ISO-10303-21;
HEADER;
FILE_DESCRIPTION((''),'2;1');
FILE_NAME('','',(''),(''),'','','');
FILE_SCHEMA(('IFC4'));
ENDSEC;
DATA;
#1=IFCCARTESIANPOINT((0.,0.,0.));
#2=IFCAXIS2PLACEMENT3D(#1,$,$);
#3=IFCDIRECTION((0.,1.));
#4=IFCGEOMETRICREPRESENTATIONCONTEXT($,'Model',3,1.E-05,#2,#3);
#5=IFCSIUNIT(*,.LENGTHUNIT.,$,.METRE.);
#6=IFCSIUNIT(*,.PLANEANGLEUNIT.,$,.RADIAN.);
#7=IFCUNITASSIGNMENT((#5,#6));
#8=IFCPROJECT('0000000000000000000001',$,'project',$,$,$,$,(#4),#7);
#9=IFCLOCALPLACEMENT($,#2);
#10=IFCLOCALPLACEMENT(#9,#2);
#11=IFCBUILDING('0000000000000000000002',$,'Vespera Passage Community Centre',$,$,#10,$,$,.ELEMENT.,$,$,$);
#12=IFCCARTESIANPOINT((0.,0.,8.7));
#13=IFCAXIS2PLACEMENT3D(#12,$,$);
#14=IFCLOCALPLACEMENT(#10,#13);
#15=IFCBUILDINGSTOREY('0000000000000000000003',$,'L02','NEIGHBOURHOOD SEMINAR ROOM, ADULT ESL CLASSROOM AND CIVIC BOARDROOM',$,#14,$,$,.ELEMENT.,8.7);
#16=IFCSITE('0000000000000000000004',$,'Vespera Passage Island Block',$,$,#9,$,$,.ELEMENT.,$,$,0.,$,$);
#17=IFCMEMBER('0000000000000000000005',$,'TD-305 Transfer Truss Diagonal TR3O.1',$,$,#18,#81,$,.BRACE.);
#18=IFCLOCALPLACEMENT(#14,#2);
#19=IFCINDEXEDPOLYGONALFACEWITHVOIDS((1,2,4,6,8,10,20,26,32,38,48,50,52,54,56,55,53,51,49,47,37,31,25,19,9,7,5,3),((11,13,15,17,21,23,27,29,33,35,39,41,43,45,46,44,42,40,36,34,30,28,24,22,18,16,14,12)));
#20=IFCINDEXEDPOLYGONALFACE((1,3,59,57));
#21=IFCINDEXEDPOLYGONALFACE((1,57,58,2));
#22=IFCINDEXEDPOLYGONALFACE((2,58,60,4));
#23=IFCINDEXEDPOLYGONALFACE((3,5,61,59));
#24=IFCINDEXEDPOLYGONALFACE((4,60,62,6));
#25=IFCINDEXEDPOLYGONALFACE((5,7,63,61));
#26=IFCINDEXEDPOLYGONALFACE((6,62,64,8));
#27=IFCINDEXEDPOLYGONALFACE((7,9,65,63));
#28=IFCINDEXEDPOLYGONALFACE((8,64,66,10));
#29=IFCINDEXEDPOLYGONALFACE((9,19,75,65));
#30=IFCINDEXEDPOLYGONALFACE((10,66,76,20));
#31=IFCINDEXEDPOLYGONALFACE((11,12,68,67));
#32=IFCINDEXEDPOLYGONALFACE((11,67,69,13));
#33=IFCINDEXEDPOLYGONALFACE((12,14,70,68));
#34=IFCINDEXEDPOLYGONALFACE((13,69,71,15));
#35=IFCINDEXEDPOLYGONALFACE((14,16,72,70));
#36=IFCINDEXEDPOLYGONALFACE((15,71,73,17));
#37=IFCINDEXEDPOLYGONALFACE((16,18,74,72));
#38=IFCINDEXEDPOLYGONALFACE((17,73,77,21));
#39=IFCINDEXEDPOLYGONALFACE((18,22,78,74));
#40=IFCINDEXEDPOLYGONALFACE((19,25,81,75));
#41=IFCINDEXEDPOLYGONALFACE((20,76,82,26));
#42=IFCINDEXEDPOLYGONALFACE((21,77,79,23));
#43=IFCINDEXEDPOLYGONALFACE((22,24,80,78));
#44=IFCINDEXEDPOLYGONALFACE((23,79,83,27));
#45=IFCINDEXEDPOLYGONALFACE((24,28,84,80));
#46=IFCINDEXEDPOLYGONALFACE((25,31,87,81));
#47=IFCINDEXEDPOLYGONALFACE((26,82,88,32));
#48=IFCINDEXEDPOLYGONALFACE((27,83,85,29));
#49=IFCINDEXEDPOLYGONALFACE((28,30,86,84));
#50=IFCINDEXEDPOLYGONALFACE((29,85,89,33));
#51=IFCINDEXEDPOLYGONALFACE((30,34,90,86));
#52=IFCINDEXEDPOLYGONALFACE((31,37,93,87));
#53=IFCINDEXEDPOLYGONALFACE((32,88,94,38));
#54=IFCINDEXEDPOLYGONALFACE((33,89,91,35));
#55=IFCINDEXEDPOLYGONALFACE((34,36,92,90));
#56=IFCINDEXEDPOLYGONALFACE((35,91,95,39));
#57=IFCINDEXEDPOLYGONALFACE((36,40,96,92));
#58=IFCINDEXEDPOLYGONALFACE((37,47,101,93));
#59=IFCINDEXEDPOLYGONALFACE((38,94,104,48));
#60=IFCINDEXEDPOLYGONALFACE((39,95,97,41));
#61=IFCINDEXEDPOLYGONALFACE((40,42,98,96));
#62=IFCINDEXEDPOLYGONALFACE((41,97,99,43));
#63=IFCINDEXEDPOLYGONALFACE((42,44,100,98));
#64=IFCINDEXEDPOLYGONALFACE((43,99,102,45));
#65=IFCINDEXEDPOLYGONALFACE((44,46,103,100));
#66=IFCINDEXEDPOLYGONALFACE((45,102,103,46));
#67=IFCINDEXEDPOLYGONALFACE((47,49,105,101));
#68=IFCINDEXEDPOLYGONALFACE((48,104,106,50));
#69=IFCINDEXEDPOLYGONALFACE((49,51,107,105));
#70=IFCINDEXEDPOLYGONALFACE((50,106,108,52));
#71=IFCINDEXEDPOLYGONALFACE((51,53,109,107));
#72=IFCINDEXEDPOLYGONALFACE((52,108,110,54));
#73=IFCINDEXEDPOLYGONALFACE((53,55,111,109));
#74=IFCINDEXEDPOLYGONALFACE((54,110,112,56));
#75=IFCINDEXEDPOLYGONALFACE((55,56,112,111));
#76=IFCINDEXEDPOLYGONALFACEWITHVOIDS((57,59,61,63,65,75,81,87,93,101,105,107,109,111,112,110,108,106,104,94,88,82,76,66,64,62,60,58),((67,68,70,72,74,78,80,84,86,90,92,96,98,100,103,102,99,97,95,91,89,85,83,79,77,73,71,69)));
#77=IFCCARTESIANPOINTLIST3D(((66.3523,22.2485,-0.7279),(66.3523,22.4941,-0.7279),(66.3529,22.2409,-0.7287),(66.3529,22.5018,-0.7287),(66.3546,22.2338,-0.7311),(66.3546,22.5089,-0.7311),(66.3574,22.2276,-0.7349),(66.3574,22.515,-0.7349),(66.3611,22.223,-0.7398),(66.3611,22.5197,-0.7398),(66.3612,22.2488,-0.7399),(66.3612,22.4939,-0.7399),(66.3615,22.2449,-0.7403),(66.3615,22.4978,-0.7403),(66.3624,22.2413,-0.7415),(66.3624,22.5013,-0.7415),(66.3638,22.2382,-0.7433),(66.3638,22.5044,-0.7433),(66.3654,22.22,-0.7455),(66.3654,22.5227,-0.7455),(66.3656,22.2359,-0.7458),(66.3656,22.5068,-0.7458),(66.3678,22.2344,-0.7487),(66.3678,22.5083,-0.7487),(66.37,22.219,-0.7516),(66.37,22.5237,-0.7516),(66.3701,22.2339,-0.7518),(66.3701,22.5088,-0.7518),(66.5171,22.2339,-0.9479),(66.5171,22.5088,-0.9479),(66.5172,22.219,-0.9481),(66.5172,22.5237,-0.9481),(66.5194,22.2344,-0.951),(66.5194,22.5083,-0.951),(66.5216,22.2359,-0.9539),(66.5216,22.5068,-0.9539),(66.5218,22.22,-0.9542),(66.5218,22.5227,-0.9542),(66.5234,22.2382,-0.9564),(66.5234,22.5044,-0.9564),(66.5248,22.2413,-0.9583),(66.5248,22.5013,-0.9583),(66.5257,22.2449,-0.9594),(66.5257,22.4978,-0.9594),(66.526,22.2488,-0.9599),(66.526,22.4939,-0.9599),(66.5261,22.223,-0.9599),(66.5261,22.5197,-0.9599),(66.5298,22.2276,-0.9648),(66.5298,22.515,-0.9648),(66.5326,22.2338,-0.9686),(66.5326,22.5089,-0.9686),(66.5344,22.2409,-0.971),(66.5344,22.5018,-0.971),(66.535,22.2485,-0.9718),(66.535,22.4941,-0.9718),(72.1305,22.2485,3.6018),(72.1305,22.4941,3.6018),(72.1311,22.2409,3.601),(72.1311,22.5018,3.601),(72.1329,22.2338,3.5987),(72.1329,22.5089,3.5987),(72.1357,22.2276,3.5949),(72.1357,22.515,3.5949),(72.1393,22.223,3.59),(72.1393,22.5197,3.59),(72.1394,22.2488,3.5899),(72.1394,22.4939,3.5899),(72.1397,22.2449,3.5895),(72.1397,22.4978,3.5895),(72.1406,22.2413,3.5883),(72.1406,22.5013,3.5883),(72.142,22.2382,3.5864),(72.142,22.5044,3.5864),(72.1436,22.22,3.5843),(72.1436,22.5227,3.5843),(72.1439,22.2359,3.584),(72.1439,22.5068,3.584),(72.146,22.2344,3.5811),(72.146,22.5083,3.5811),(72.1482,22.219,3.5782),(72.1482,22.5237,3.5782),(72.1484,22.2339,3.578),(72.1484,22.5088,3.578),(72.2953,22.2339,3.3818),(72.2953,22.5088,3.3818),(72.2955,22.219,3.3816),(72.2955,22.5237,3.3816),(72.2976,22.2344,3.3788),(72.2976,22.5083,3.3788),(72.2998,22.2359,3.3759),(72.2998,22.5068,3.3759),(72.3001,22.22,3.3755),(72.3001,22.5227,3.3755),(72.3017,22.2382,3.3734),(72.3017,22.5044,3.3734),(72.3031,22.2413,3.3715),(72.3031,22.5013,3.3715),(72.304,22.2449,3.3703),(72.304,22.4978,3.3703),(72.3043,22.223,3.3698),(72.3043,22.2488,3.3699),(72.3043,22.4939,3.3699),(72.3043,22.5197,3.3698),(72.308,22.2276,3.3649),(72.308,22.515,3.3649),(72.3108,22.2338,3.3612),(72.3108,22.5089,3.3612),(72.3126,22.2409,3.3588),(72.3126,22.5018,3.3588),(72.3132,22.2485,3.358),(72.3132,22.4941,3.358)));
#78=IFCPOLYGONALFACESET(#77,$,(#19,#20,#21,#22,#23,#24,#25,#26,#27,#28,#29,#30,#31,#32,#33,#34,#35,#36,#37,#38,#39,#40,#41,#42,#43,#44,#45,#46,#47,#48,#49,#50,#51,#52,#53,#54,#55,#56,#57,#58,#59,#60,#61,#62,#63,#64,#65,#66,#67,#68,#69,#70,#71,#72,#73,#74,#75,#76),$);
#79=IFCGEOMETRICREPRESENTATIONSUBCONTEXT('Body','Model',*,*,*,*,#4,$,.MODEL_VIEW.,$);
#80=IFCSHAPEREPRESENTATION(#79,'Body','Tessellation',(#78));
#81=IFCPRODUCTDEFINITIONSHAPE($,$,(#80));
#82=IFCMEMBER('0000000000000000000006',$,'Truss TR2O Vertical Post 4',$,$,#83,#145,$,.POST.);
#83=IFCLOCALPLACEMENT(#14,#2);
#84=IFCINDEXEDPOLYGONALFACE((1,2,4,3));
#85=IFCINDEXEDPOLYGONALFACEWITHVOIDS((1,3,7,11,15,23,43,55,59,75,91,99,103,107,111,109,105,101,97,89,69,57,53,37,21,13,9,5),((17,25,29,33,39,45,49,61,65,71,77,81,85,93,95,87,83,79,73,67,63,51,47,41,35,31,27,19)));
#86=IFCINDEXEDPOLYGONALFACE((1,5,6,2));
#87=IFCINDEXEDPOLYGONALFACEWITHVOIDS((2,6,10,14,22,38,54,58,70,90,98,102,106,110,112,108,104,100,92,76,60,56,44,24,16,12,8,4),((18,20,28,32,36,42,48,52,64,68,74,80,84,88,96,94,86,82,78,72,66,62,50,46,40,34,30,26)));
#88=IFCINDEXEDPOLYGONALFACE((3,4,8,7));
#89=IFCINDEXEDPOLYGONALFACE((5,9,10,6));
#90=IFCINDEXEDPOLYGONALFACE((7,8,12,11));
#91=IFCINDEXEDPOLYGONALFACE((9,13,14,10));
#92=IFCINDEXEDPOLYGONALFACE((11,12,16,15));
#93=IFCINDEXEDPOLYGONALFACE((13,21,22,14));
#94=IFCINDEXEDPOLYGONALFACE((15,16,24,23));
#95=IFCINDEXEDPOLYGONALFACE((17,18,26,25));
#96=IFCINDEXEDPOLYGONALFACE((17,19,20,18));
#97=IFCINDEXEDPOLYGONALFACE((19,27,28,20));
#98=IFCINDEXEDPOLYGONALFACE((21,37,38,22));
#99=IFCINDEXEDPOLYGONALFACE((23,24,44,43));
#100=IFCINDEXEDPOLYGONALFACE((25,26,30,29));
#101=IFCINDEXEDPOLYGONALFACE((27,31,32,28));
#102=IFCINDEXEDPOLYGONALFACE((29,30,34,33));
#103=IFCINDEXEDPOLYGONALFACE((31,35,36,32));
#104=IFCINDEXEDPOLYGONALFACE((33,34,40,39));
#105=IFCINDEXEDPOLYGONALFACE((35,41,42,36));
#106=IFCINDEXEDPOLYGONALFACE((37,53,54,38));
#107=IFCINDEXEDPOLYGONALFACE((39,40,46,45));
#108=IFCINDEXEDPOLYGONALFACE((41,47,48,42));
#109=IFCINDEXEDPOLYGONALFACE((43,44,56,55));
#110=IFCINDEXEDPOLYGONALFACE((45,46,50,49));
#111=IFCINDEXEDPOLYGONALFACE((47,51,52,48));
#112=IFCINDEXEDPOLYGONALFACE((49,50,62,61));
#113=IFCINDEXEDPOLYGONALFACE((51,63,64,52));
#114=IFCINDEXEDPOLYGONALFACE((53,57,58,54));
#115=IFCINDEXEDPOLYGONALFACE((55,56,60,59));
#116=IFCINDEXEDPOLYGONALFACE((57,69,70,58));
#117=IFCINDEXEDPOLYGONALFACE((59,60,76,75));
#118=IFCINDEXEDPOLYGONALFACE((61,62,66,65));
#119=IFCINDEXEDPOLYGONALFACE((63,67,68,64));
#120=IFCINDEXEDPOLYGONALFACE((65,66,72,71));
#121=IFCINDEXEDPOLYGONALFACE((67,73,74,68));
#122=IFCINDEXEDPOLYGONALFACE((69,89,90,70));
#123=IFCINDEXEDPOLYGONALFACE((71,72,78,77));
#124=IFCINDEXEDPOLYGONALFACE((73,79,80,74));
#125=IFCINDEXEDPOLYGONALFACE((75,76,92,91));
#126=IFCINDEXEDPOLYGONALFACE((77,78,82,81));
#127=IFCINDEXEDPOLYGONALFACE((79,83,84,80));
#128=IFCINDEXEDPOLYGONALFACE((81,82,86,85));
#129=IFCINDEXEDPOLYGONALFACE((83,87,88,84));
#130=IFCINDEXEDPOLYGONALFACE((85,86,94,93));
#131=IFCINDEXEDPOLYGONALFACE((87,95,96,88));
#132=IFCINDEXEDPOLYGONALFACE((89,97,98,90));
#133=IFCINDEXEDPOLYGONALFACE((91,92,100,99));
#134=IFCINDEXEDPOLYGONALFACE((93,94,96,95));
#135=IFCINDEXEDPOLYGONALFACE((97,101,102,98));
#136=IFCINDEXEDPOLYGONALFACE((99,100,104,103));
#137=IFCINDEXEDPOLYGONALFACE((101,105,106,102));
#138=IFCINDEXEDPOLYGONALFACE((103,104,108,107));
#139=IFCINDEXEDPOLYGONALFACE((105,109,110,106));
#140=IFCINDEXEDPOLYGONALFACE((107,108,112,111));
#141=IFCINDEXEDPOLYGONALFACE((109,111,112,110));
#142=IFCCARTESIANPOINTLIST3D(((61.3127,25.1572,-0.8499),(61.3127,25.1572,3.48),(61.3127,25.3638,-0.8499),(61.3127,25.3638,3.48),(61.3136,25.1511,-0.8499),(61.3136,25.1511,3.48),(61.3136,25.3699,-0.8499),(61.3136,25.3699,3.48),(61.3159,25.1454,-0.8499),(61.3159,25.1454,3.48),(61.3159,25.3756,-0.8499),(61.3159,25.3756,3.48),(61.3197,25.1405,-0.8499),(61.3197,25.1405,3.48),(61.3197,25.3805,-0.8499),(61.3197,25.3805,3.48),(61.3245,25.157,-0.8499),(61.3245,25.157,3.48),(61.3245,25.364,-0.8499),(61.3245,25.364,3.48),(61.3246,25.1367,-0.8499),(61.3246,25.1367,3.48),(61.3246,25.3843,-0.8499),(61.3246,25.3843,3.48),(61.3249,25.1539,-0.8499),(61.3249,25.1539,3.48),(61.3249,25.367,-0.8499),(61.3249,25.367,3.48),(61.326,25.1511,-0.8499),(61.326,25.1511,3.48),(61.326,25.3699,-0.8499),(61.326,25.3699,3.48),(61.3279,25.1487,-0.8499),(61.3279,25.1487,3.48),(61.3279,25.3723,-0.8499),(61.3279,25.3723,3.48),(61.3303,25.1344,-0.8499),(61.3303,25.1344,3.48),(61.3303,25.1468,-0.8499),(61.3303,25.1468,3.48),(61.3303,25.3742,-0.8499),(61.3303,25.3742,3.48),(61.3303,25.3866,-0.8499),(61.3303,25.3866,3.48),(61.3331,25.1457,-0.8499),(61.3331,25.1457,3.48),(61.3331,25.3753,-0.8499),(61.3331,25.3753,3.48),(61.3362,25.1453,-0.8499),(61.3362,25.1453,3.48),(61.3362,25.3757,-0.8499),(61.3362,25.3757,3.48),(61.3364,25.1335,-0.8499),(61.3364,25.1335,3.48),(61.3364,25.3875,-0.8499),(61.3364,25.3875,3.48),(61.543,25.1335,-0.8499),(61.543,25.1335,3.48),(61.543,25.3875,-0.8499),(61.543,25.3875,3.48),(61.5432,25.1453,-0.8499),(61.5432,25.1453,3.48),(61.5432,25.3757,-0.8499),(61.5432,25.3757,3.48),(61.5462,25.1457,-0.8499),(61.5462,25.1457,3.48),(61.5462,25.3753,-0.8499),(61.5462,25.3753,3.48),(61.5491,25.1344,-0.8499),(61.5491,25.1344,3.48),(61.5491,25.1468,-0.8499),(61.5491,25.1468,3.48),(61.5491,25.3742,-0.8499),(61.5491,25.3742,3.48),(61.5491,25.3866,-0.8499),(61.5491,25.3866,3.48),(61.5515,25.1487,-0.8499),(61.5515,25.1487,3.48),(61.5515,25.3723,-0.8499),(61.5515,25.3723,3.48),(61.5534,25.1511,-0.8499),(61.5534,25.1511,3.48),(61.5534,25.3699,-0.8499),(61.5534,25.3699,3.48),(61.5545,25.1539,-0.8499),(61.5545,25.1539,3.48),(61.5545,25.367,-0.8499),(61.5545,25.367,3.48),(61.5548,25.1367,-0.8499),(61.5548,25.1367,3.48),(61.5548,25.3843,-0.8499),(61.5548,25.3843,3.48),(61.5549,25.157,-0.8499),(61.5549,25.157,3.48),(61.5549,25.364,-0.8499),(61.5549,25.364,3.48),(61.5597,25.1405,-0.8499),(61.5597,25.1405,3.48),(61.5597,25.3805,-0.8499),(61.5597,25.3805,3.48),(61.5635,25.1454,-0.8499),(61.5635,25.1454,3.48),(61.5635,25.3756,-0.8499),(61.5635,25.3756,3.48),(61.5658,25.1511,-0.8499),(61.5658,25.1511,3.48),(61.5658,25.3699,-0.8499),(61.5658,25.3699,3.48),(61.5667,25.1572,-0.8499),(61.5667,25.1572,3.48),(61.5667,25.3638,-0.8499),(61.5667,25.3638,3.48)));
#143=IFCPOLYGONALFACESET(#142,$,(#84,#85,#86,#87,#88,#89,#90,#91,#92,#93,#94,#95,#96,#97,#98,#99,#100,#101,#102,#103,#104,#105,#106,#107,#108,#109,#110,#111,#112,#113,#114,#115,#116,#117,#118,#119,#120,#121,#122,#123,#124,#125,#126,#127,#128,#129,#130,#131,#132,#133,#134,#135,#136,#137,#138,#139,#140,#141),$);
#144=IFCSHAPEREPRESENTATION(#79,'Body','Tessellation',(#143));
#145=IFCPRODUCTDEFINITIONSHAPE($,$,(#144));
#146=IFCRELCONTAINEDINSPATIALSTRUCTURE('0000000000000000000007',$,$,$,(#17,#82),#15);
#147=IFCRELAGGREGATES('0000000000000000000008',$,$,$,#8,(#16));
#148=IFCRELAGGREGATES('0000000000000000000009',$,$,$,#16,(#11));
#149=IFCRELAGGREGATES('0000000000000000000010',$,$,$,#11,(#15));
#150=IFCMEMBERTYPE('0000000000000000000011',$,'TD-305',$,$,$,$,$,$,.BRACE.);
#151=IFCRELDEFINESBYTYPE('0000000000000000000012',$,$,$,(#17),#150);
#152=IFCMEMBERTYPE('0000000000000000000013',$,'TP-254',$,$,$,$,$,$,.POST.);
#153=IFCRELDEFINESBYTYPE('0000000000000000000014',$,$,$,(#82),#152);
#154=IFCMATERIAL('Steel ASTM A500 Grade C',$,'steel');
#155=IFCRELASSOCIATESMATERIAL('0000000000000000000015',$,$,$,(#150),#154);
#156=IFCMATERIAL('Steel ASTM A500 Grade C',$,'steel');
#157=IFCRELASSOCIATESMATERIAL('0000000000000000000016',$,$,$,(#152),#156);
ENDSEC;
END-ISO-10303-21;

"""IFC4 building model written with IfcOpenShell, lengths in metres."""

from ifc_helpers import new_model, si_unit, direction, frame, origin, origin_2d, place, context, subcontext, project, spatial, hollow_rectangle, extrude, material, material_profile, profile_set, type_object, element, save


model = new_model("IFC4")

# Units and contexts
model_context = context("Model", 3, precision=1e-05, world=origin(), true_north=direction((0.0, 1.0)))
body_context = subcontext(model_context, "Body", "Model", "MODEL_VIEW")
ifc_project = project(units=[si_unit("LENGTHUNIT", "METRE"), si_unit("PLANEANGLEUNIT", "RADIAN")], contexts=[model_context])

# Site, building, storey
site_placement = place(None, origin())
site = spatial("IfcSite", under=ifc_project, at=site_placement, Name="Vespera Passage Island Block", CompositionType="ELEMENT", RefElevation=0.0)
building_placement = place(site_placement, origin())
building = spatial("IfcBuilding", under=site, at=building_placement, Name="Vespera Passage Community Centre", CompositionType="ELEMENT")
storey_placement = place(building_placement, frame((0.0, 0.0, 8.7)))
storey = spatial("IfcBuildingStorey", under=building, at=storey_placement, Name="L02", Description="NEIGHBOURHOOD SEMINAR ROOM, ADULT ESL CLASSROOM AND CIVIC BOARDROOM", CompositionType="ELEMENT", Elevation=8.7)

# Members
ifc_material_1 = material(Name="Steel ASTM A500 Grade C", Category="steel")
ifc_material_profile_1 = material_profile(ifc_material_1, hollow_rectangle(XDim=0.3047, YDim=0.3047, WallThickness=0.0149, InnerFilletRadius=0.0149, OuterFilletRadius=0.0295, at=origin_2d()), Name="HSS305X305X15.9")
ifc_profile_set_1 = profile_set([ifc_material_profile_1], Name="Steel ASTM A500 Grade C")
member_type_1 = type_object("IfcMemberType", Name="TD-305", PredefinedType="BRACE", material=ifc_profile_set_1)
member_1_placement = place(storey_placement, frame((66.4436, 22.3713, -0.8499), z_axis=(0.80026, 0.0, 0.599654), x_axis=(0.0, 1.0, 0.0)))
element("IfcMember", 1, at=member_1_placement, inside=storey, type_object=member_type_1, Name="TD-305 Transfer Truss Diagonal TR3O.1", PredefinedType="BRACE", context=body_context, shape_type="SweptSolid", body=[
    extrude(hollow_rectangle(XDim=0.3047, YDim=0.3047, WallThickness=0.0149, InnerFilletRadius=0.0149, OuterFilletRadius=0.0295, at=origin_2d()), origin(), (0.0, 0.0, 1.0), 7.2205),
])
ifc_material_2 = material(Name="Steel ASTM A500 Grade C", Category="steel")
ifc_material_profile_2 = material_profile(ifc_material_2, hollow_rectangle(XDim=0.2539, YDim=0.2539, WallThickness=0.0117, InnerFilletRadius=0.0117, OuterFilletRadius=0.0237, at=origin_2d()), Name="HSS254X254X12.7")
ifc_profile_set_2 = profile_set([ifc_material_profile_2], Name="Steel ASTM A500 Grade C")
member_type_2 = type_object("IfcMemberType", Name="TP-254", PredefinedType="POST", material=ifc_profile_set_2)
for number, where, z_axis, x_axis, name in (
    (2, (61.4397, 25.2605, -0.8499), (0.0, 0.0, 1.0), (1.0, 0.0, 0.0), "Truss TR2O Vertical Post 4"),
):
    element("IfcMember", number, at=place(storey_placement, frame(where, z_axis=z_axis, x_axis=x_axis)), inside=storey, type_object=member_type_2, Name=name, PredefinedType="POST", context=body_context, shape_type="SweptSolid", body=[
        extrude(hollow_rectangle(XDim=0.2539, YDim=0.2539, WallThickness=0.0117, InnerFilletRadius=0.0117, OuterFilletRadius=0.0237, at=origin_2d()), origin(), (0.0, 0.0, 1.0), 4.3298),
    ])

save(model, "model.ifc")
